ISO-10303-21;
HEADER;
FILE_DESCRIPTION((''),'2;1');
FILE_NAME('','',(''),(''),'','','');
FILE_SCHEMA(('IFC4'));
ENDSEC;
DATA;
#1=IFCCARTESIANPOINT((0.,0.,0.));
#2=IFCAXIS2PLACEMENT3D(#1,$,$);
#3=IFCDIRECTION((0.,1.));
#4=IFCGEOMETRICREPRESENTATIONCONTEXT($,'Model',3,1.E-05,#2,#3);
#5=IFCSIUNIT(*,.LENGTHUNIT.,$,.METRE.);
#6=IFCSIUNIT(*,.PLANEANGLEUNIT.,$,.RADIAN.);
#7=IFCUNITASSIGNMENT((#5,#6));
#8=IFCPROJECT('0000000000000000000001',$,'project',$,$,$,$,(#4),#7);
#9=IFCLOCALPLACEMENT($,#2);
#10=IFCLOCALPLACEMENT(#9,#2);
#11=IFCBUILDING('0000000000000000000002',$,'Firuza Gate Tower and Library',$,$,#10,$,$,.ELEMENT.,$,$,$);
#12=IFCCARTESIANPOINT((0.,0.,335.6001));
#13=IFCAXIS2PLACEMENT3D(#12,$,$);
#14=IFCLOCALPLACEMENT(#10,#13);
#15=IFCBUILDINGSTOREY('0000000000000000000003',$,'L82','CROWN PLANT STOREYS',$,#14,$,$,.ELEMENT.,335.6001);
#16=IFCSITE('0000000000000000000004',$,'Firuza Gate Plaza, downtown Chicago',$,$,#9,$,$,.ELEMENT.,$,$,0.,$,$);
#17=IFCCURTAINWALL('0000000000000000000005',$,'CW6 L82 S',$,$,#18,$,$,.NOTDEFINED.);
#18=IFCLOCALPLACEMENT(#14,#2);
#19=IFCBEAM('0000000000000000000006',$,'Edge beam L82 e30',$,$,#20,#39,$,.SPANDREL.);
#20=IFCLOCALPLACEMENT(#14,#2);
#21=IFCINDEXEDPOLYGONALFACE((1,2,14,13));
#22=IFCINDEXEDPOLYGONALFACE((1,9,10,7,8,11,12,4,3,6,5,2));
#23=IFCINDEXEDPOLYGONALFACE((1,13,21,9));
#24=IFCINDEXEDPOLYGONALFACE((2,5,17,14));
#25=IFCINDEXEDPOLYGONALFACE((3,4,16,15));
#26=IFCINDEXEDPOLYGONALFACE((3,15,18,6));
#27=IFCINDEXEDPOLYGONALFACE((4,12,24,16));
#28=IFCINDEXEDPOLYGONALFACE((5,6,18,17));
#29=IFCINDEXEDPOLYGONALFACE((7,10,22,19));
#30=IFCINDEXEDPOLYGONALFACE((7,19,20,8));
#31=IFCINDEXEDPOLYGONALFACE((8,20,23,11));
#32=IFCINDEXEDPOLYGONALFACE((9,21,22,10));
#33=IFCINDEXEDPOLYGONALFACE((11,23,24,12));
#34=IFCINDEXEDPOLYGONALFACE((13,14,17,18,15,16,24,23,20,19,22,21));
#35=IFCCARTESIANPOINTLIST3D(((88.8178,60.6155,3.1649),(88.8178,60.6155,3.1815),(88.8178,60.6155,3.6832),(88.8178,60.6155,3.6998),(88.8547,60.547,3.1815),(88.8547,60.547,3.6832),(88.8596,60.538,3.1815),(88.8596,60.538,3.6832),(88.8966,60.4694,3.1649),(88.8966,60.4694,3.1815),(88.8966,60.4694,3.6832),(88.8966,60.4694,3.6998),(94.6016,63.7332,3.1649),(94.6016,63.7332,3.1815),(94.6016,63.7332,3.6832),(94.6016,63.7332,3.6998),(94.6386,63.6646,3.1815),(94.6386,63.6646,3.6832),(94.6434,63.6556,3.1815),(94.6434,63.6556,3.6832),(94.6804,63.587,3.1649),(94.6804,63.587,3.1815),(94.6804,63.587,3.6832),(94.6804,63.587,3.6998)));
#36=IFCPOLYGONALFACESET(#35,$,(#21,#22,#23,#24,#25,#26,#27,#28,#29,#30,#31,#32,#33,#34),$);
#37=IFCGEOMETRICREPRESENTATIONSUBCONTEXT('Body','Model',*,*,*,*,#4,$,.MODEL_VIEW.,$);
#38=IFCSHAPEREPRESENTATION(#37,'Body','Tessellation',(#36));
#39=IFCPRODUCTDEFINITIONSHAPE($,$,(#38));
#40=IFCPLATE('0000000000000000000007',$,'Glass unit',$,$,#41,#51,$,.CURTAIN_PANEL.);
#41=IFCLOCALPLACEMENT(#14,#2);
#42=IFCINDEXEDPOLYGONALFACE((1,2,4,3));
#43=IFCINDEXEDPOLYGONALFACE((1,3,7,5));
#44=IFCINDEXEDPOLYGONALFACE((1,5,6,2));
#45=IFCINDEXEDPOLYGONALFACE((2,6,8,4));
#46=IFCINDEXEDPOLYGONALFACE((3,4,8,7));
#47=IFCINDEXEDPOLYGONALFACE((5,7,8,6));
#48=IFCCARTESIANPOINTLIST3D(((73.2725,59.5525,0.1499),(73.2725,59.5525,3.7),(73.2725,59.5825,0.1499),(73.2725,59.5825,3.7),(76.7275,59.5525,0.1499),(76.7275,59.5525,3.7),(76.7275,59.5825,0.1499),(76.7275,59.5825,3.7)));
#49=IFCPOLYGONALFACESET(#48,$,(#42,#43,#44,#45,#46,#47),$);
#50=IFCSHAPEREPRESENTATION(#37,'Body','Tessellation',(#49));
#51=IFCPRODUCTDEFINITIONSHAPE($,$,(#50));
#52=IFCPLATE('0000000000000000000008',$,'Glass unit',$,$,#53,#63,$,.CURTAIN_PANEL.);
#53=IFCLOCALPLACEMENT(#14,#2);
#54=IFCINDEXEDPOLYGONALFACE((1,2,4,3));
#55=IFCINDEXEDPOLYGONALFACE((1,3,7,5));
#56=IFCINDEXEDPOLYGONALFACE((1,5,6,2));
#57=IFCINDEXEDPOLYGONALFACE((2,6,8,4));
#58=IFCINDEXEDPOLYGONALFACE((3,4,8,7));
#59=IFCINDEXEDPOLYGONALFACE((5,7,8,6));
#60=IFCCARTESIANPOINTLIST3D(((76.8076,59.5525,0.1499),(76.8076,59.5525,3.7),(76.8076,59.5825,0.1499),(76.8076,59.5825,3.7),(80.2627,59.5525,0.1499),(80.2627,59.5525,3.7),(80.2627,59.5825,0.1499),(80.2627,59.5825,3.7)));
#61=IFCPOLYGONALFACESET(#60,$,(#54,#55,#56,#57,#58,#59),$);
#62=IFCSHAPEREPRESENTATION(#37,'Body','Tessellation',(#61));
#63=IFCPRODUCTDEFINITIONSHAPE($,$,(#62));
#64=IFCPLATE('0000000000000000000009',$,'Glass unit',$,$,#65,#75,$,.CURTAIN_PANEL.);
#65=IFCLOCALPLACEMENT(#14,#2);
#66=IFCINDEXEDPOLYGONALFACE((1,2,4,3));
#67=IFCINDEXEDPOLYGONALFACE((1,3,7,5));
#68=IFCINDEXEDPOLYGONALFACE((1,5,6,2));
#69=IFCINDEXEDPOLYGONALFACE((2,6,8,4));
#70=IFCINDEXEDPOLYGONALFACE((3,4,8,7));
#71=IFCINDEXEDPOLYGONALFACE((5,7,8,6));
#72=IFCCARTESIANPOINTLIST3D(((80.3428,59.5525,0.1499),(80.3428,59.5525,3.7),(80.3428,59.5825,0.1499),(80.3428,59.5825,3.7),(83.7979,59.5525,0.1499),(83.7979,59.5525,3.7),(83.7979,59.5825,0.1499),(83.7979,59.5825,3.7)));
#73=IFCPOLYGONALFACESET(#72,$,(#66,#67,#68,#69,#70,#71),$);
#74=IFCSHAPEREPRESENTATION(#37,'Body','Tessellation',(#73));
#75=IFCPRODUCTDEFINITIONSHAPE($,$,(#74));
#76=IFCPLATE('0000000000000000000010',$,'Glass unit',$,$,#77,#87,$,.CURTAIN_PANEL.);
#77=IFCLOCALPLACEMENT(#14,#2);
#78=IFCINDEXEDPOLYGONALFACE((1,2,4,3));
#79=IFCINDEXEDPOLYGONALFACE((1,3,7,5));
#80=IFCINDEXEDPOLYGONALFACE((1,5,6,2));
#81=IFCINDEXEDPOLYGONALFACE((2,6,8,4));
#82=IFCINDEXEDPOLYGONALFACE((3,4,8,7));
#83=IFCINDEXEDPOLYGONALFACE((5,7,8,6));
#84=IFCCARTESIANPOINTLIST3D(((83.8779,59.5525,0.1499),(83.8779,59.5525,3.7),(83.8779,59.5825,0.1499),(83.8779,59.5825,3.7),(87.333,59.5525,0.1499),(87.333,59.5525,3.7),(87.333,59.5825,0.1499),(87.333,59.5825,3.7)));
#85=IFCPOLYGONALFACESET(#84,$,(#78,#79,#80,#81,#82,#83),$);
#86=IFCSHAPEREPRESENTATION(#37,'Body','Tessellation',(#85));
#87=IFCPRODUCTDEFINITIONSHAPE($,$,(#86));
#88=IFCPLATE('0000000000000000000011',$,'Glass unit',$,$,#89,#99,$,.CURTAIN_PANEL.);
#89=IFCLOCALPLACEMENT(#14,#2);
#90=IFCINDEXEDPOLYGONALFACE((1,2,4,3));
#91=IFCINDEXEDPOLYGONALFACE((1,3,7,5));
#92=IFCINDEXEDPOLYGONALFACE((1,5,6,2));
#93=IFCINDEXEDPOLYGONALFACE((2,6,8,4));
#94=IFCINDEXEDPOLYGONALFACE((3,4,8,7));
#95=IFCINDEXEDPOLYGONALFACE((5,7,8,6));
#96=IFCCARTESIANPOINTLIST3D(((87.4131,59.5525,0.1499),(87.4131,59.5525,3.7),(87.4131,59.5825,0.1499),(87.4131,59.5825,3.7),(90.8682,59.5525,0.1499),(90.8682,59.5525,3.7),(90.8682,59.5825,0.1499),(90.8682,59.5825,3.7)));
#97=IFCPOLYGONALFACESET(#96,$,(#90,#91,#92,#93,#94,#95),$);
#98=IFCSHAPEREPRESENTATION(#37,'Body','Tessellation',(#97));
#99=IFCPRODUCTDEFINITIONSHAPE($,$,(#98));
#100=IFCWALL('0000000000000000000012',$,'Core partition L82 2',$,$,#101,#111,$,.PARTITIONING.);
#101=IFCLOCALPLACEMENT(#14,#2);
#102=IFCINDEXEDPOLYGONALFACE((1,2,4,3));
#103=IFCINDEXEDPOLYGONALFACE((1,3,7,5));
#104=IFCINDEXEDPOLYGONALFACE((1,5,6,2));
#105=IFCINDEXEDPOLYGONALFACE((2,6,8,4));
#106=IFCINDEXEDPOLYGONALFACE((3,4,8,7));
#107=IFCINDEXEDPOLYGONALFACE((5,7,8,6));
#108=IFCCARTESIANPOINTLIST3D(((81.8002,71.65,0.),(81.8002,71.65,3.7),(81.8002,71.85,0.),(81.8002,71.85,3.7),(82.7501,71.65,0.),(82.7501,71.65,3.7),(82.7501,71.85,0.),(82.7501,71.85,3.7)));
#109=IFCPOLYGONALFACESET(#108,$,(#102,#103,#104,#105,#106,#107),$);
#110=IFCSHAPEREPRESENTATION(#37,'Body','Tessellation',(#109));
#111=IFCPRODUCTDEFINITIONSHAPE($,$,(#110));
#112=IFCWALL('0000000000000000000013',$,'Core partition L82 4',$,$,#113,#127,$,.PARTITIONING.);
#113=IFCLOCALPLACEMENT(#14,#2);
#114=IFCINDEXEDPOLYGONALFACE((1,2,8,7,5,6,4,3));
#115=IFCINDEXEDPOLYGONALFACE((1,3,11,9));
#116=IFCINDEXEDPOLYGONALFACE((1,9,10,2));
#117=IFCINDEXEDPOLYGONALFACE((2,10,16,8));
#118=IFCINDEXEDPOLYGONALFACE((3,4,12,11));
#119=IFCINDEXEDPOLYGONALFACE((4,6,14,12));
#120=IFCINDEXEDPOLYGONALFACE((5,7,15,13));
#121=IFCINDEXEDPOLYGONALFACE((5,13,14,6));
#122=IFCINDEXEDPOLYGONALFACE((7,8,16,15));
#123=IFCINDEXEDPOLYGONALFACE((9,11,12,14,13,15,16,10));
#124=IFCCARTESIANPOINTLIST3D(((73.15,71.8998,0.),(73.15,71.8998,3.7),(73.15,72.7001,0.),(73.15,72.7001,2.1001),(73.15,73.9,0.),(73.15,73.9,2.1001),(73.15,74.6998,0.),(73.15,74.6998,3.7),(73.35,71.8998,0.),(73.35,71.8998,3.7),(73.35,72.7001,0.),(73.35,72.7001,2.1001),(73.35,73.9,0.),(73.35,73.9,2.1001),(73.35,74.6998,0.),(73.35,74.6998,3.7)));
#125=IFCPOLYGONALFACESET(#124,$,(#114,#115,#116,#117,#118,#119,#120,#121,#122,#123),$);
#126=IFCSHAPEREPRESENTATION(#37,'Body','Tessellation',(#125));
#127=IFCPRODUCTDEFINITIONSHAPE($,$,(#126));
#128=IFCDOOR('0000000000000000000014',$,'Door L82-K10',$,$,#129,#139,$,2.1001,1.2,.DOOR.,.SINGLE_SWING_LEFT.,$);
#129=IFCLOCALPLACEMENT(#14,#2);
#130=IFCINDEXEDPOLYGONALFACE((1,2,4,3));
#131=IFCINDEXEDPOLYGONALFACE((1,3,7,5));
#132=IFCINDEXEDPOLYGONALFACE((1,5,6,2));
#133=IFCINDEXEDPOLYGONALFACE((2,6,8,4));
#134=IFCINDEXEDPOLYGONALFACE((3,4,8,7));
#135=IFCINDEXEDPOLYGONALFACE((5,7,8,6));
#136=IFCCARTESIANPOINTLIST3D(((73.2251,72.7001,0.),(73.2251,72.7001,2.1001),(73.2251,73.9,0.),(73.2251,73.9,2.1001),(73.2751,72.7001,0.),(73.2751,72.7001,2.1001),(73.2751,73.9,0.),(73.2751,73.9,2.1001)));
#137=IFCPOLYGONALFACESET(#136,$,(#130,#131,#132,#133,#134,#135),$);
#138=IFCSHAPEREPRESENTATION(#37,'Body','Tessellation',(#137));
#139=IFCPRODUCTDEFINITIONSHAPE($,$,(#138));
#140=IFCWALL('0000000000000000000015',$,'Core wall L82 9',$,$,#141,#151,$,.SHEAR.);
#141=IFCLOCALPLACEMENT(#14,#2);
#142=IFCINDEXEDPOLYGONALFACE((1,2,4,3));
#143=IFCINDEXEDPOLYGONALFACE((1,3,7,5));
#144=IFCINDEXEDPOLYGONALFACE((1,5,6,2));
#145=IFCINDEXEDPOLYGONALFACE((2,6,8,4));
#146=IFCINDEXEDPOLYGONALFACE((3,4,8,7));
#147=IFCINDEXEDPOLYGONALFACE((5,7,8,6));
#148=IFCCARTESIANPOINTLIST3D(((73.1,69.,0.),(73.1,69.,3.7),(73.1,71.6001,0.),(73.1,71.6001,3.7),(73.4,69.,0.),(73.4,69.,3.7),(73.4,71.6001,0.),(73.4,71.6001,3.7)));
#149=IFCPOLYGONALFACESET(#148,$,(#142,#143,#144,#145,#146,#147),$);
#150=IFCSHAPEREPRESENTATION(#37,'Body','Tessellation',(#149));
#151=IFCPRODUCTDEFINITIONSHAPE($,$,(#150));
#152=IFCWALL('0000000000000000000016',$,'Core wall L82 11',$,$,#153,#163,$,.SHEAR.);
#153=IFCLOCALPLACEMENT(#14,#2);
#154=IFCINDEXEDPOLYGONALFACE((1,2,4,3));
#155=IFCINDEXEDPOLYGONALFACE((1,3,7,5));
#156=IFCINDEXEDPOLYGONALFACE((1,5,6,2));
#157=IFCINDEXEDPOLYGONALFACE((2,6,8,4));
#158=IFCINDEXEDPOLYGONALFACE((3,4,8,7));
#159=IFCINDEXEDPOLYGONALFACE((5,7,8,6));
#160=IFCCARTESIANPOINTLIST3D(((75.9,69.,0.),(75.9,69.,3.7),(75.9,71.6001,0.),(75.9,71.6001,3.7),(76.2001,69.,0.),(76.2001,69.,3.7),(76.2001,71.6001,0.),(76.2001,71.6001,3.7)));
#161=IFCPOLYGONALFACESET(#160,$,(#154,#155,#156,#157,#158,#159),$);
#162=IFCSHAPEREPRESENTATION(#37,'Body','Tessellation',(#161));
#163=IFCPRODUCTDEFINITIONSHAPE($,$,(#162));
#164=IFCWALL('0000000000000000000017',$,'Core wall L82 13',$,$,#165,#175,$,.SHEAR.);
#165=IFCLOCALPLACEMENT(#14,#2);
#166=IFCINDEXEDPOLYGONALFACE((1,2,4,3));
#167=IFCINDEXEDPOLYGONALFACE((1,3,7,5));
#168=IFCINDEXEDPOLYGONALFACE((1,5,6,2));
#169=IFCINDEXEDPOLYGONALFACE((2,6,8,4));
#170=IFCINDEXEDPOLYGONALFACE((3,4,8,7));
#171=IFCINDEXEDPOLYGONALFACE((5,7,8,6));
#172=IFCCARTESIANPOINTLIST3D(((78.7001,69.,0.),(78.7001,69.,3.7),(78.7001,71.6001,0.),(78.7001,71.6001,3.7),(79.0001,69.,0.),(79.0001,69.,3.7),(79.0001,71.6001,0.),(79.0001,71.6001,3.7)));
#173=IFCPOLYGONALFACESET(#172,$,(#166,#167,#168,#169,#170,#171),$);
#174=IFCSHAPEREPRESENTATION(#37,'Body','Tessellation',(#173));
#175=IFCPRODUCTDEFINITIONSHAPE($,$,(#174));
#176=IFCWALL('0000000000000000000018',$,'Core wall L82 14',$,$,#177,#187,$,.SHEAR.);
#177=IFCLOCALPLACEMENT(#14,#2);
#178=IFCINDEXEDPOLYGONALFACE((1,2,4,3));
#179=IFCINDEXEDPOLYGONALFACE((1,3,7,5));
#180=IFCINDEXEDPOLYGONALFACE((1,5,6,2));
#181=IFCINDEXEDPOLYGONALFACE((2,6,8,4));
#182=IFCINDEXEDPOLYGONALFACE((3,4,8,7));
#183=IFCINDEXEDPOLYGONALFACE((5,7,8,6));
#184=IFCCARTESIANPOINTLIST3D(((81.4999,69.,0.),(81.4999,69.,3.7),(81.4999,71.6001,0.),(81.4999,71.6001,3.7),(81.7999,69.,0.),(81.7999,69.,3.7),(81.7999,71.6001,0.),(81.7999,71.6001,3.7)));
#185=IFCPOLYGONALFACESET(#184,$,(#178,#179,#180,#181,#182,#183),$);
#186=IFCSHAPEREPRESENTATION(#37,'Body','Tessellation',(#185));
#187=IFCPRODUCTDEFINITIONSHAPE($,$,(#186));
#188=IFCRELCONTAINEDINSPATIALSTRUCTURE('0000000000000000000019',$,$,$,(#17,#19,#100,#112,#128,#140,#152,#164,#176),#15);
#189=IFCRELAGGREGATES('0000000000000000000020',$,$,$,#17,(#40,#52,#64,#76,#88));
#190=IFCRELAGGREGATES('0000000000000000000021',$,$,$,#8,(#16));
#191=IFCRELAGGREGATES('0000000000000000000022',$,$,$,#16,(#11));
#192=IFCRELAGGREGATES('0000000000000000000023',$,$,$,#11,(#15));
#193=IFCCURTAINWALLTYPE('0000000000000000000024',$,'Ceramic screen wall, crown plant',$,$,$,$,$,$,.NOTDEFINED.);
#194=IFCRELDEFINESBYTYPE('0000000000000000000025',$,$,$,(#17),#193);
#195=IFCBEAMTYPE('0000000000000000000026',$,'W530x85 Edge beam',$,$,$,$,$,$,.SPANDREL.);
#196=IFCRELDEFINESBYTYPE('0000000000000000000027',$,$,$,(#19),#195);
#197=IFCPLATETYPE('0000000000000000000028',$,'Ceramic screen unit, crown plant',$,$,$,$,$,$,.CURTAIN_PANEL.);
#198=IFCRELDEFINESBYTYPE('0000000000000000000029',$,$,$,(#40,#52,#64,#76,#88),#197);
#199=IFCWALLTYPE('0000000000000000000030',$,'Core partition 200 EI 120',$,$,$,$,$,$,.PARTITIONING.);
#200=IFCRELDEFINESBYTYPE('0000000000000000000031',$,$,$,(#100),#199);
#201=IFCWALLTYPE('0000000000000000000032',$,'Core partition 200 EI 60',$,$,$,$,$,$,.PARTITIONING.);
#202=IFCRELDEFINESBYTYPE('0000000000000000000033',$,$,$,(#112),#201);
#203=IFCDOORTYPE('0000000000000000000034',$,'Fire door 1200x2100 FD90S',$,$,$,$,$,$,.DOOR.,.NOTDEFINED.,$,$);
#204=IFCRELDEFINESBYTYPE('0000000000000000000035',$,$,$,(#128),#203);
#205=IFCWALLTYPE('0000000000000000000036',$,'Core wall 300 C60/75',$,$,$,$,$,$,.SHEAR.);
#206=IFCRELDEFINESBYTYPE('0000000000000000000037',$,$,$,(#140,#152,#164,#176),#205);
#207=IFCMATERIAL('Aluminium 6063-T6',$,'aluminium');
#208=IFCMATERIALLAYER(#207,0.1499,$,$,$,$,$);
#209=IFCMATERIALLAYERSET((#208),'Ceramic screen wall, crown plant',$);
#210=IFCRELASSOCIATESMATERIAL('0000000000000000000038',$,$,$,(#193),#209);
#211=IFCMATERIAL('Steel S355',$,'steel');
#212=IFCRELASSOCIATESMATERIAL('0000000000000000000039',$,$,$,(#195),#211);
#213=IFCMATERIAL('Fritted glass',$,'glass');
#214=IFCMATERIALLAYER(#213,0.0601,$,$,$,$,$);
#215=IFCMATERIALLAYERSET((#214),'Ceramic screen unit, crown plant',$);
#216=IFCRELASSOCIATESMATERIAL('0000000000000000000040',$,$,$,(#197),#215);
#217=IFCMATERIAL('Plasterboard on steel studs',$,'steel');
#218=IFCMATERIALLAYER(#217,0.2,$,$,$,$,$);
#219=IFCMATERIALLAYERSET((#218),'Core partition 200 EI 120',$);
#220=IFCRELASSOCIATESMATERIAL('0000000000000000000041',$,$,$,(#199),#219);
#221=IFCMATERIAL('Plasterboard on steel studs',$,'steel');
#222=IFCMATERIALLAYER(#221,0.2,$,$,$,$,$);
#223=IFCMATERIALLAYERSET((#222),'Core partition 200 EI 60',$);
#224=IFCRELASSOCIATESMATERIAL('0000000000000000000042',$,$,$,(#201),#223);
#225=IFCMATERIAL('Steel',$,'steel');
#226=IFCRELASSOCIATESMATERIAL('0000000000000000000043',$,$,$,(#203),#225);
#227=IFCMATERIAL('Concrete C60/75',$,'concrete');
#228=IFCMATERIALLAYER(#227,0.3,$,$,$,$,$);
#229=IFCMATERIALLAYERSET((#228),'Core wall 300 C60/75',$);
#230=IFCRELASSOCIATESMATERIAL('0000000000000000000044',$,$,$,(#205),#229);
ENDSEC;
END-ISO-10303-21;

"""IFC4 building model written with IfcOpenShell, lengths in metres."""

from ifc_helpers import new_model, si_unit, direction, frame, frame_2d, origin, origin_2d, place, context, subcontext, project, spatial, polyline, rectangle, i_section, outline, extrude, material, layer, layer_set, material_profile, profile_set, type_object, element, fill, aggregate, save


model = new_model("IFC4")

# Units and contexts
model_context = context("Model", 3, precision=1e-05, world=origin(), true_north=direction((0.0, 1.0)))
body_context = subcontext(model_context, "Body", "Model", "MODEL_VIEW")
ifc_project = project(units=[si_unit("LENGTHUNIT", "METRE"), si_unit("PLANEANGLEUNIT", "RADIAN")], contexts=[model_context])

# Site, building, storey
site_placement = place(None, origin())
site = spatial("IfcSite", under=ifc_project, at=site_placement, Name="Firuza Gate Plaza, downtown Chicago", CompositionType="ELEMENT", RefElevation=0.0)
building_placement = place(site_placement, origin())
building = spatial("IfcBuilding", under=site, at=building_placement, Name="Firuza Gate Tower and Library", CompositionType="ELEMENT")
storey_placement = place(building_placement, frame((0.0, 0.0, 335.6001)))
storey = spatial("IfcBuildingStorey", under=building, at=storey_placement, Name="L82", Description="CROWN PLANT STOREYS", CompositionType="ELEMENT", Elevation=335.6001)

# Curtain wall
ifc_material_1 = material(Name="Aluminium 6063-T6", Category="aluminium")
ifc_layer_1 = layer(ifc_material_1, 0.1499)
ifc_layer_set_1 = layer_set([ifc_layer_1], Name="Ceramic screen wall, crown plant")
curtain_wall_type = type_object("IfcCurtainWallType", Name="Ceramic screen wall, crown plant", PredefinedType="NOTDEFINED", material=ifc_layer_set_1)
curtain_wall_placement = place(storey_placement, origin())
curtain_wall = element("IfcCurtainWall", 1, at=curtain_wall_placement, inside=storey, type_object=curtain_wall_type, Name="CW6 L82 S", PredefinedType="NOTDEFINED")

# Beam
ifc_material_2 = material(Name="Steel S355", Category="steel")
ifc_material_profile_1 = material_profile(ifc_material_2, i_section(OverallWidth=0.166, OverallDepth=0.5349, WebThickness=0.0103, FlangeThickness=0.0166, at=origin_2d()))
ifc_profile_set_1 = profile_set([ifc_material_profile_1], Name="Steel S355")
beam_type_1 = type_object("IfcBeamType", Name="W530x85 Edge beam", PredefinedType="SPANDREL", material=ifc_profile_set_1)
beam_1_placement = place(storey_placement, frame((88.8572, 60.5425, 3.4324), z_axis=(0.880265, 0.474483, 0.0), x_axis=(-0.474483, 0.880265, 0.0)))
element("IfcBeam", 2, at=beam_1_placement, inside=storey, type_object=beam_type_1, Name="Edge beam L82 e30", PredefinedType="SPANDREL", context=body_context, shape_type="SweptSolid", body=[
    extrude(i_section(OverallWidth=0.166, OverallDepth=0.5349, WebThickness=0.0103, FlangeThickness=0.0166, at=origin_2d()), origin(), (0.0, 0.0, 1.0), 6.5706),
])

# Plates
ifc_material_3 = material(Name="Fritted glass", Category="glass")
ifc_layer_2 = layer(ifc_material_3, 0.0601)
ifc_layer_set_2 = layer_set([ifc_layer_2], Name="Ceramic screen unit, crown plant")
plate_type = type_object("IfcPlateType", Name="Ceramic screen unit, crown plant", PredefinedType="CURTAIN_PANEL", material=ifc_layer_set_2)
plate_1_placement = place(storey_placement, frame((73.2725, 59.5525, 0.1499), z_axis=(0.0, -1.0, 0.0), x_axis=(1.0, 0.0, 0.0)))
plate_1 = element("IfcPlate", 3, at=plate_1_placement, type_object=plate_type, Name="Glass unit", PredefinedType="CURTAIN_PANEL", context=body_context, shape_type="SweptSolid", body=[
    extrude(outline(polyline([(0.0, 0.0), (3.4551, 0.0), (3.4551, 3.55), (0.0, 3.55), (0.0, 0.0)])), origin(), (0.0, 0.0, -1.0), 0.03),
])
plate_2_placement = place(storey_placement, frame((76.8076, 59.5525, 0.1499), z_axis=(0.0, -1.0, 0.0), x_axis=(1.0, 0.0, 0.0)))
plate_2 = element("IfcPlate", 4, at=plate_2_placement, type_object=plate_type, Name="Glass unit", PredefinedType="CURTAIN_PANEL", context=body_context, shape_type="SweptSolid", body=[
    extrude(outline(polyline([(0.0, 0.0), (3.4551, 0.0), (3.4551, 3.55), (0.0, 3.55), (0.0, 0.0)])), origin(), (0.0, 0.0, -1.0), 0.03),
])
plate_3_placement = place(storey_placement, frame((80.3428, 59.5525, 0.1499), z_axis=(0.0, -1.0, 0.0), x_axis=(1.0, 0.0, 0.0)))
plate_3 = element("IfcPlate", 5, at=plate_3_placement, type_object=plate_type, Name="Glass unit", PredefinedType="CURTAIN_PANEL", context=body_context, shape_type="SweptSolid", body=[
    extrude(outline(polyline([(0.0, 0.0), (3.4551, 0.0), (3.4551, 3.55), (0.0, 3.55), (0.0, 0.0)])), origin(), (0.0, 0.0, -1.0), 0.03),
])
plate_4_placement = place(storey_placement, frame((83.8779, 59.5525, 0.1499), z_axis=(0.0, -1.0, 0.0), x_axis=(1.0, 0.0, 0.0)))
plate_4 = element("IfcPlate", 6, at=plate_4_placement, type_object=plate_type, Name="Glass unit", PredefinedType="CURTAIN_PANEL", context=body_context, shape_type="SweptSolid", body=[
    extrude(outline(polyline([(0.0, 0.0), (3.4551, 0.0), (3.4551, 3.55), (0.0, 3.55), (0.0, 0.0)])), origin(), (0.0, 0.0, -1.0), 0.03),
])
plate_5_placement = place(storey_placement, frame((87.4131, 59.5525, 0.1499), z_axis=(0.0, -1.0, 0.0), x_axis=(1.0, 0.0, 0.0)))
plate_5 = element("IfcPlate", 7, at=plate_5_placement, type_object=plate_type, Name="Glass unit", PredefinedType="CURTAIN_PANEL", context=body_context, shape_type="SweptSolid", body=[
    extrude(outline(polyline([(0.0, 0.0), (3.4551, 0.0), (3.4551, 3.55), (0.0, 3.55), (0.0, 0.0)])), origin(), (0.0, 0.0, -1.0), 0.03),
])
aggregate(curtain_wall, [plate_1, plate_2, plate_3, plate_4, plate_5])

# Wall
ifc_material_4 = material(Name="Plasterboard on steel studs", Category="steel")
ifc_layer_3 = layer(ifc_material_4, 0.2)
ifc_layer_set_3 = layer_set([ifc_layer_3], Name="Core partition 200 EI 120")
wall_type_1 = type_object("IfcWallType", Name="Core partition 200 EI 120", PredefinedType="PARTITIONING", material=ifc_layer_set_3)
wall_1_placement = place(storey_placement, frame((81.8, 71.75, 0.0), z_axis=(0.0, 0.0, 1.0), x_axis=(1.0, 0.0, 0.0)))
element("IfcWall", 8, at=wall_1_placement, inside=storey, type_object=wall_type_1, Name="Core partition L82 2", PredefinedType="PARTITIONING", context=body_context, shape_type="SweptSolid", body=[
    extrude(rectangle(XDim=0.95, YDim=0.2, at=frame_2d((0.4751, 0.0))), origin(), (0.0, 0.0, 1.0), 3.7),
])

# Wall, opening, door
ifc_material_5 = material(Name="Plasterboard on steel studs", Category="steel")
ifc_layer_4 = layer(ifc_material_5, 0.2)
ifc_layer_set_4 = layer_set([ifc_layer_4], Name="Core partition 200 EI 60")
wall_type_2 = type_object("IfcWallType", Name="Core partition 200 EI 60", PredefinedType="PARTITIONING", material=ifc_layer_set_4)
wall_2_placement = place(storey_placement, frame((73.25, 71.8999, 0.0), z_axis=(0.0, 0.0, 1.0), x_axis=(0.0, 1.0, 0.0)))
wall_2 = element("IfcWall", 9, at=wall_2_placement, inside=storey, type_object=wall_type_2, Name="Core partition L82 4", PredefinedType="PARTITIONING", context=body_context, shape_type="SweptSolid", body=[
    extrude(rectangle(XDim=2.8, YDim=0.2, at=frame_2d((1.3999, 0.0))), origin(), (0.0, 0.0, 1.0), 3.7),
])
opening_1_placement = place(wall_2_placement, frame((0.8, 0.0, 0.0)))
opening_1 = element("IfcOpeningElement", 10, at=opening_1_placement, cuts=wall_2, PredefinedType="OPENING", context=body_context, shape_type="SweptSolid", body=[
    extrude(rectangle(XDim=1.2, YDim=2.1001, at=frame_2d((0.6001, 1.05))), frame((0.0, 0.1099, 0.0), z_axis=(0.0, -1.0, 0.0), x_axis=(1.0, 0.0, 0.0)), (0.0, 0.0, 1.0), 0.22),
])
ifc_material_6 = material(Name="Steel", Category="steel")
door_type_1 = type_object("IfcDoorType", Name="Fire door 1200x2100 FD90S", OperationType="NOTDEFINED", PredefinedType="DOOR", material=ifc_material_6)
door_1_placement = place(opening_1_placement, origin())
door_1 = element("IfcDoor", 11, at=door_1_placement, inside=storey, type_object=door_type_1, Name="Door L82-K10", OperationType="SINGLE_SWING_LEFT", OverallHeight=2.1001, OverallWidth=1.2, PredefinedType="DOOR", context=body_context, shape_type="SweptSolid", body=[
    extrude(rectangle(XDim=1.2, YDim=2.1001, at=frame_2d((0.6001, 1.05))), frame((0.0, 0.0249, 0.0), z_axis=(0.0, -1.0, 0.0), x_axis=(1.0, 0.0, 0.0)), (0.0, 0.0, 1.0), 0.05),
])
fill(opening_1, door_1)

# Walls
ifc_material_7 = material(Name="Concrete C60/75", Category="concrete")
ifc_layer_5 = layer(ifc_material_7, 0.3)
ifc_layer_set_5 = layer_set([ifc_layer_5], Name="Core wall 300 C60/75")
wall_type_3 = type_object("IfcWallType", Name="Core wall 300 C60/75", PredefinedType="SHEAR", material=ifc_layer_set_5)
for number, where, z_axis, x_axis, name in (
    (12, (73.25, 69.0, 0.0), (0.0, 0.0, 1.0), (0.0, 1.0, 0.0), "Core wall L82 9"),
    (13, (76.05, 69.0, 0.0), (0.0, 0.0, 1.0), (0.0, 1.0, 0.0), "Core wall L82 11"),
    (14, (78.8501, 69.0, 0.0), (0.0, 0.0, 1.0), (0.0, 1.0, 0.0), "Core wall L82 13"),
    (15, (81.6499, 69.0, 0.0), (0.0, 0.0, 1.0), (0.0, 1.0, 0.0), "Core wall L82 14"),
):
    element("IfcWall", number, at=place(storey_placement, frame(where, z_axis=z_axis, x_axis=x_axis)), inside=storey, type_object=wall_type_3, Name=name, PredefinedType="SHEAR", context=body_context, shape_type="SweptSolid", body=[
        extrude(rectangle(XDim=2.6001, YDim=0.3, at=frame_2d((1.3, 0.0))), origin(), (0.0, 0.0, 1.0), 3.7),
    ])

save(model, "model.ifc")
